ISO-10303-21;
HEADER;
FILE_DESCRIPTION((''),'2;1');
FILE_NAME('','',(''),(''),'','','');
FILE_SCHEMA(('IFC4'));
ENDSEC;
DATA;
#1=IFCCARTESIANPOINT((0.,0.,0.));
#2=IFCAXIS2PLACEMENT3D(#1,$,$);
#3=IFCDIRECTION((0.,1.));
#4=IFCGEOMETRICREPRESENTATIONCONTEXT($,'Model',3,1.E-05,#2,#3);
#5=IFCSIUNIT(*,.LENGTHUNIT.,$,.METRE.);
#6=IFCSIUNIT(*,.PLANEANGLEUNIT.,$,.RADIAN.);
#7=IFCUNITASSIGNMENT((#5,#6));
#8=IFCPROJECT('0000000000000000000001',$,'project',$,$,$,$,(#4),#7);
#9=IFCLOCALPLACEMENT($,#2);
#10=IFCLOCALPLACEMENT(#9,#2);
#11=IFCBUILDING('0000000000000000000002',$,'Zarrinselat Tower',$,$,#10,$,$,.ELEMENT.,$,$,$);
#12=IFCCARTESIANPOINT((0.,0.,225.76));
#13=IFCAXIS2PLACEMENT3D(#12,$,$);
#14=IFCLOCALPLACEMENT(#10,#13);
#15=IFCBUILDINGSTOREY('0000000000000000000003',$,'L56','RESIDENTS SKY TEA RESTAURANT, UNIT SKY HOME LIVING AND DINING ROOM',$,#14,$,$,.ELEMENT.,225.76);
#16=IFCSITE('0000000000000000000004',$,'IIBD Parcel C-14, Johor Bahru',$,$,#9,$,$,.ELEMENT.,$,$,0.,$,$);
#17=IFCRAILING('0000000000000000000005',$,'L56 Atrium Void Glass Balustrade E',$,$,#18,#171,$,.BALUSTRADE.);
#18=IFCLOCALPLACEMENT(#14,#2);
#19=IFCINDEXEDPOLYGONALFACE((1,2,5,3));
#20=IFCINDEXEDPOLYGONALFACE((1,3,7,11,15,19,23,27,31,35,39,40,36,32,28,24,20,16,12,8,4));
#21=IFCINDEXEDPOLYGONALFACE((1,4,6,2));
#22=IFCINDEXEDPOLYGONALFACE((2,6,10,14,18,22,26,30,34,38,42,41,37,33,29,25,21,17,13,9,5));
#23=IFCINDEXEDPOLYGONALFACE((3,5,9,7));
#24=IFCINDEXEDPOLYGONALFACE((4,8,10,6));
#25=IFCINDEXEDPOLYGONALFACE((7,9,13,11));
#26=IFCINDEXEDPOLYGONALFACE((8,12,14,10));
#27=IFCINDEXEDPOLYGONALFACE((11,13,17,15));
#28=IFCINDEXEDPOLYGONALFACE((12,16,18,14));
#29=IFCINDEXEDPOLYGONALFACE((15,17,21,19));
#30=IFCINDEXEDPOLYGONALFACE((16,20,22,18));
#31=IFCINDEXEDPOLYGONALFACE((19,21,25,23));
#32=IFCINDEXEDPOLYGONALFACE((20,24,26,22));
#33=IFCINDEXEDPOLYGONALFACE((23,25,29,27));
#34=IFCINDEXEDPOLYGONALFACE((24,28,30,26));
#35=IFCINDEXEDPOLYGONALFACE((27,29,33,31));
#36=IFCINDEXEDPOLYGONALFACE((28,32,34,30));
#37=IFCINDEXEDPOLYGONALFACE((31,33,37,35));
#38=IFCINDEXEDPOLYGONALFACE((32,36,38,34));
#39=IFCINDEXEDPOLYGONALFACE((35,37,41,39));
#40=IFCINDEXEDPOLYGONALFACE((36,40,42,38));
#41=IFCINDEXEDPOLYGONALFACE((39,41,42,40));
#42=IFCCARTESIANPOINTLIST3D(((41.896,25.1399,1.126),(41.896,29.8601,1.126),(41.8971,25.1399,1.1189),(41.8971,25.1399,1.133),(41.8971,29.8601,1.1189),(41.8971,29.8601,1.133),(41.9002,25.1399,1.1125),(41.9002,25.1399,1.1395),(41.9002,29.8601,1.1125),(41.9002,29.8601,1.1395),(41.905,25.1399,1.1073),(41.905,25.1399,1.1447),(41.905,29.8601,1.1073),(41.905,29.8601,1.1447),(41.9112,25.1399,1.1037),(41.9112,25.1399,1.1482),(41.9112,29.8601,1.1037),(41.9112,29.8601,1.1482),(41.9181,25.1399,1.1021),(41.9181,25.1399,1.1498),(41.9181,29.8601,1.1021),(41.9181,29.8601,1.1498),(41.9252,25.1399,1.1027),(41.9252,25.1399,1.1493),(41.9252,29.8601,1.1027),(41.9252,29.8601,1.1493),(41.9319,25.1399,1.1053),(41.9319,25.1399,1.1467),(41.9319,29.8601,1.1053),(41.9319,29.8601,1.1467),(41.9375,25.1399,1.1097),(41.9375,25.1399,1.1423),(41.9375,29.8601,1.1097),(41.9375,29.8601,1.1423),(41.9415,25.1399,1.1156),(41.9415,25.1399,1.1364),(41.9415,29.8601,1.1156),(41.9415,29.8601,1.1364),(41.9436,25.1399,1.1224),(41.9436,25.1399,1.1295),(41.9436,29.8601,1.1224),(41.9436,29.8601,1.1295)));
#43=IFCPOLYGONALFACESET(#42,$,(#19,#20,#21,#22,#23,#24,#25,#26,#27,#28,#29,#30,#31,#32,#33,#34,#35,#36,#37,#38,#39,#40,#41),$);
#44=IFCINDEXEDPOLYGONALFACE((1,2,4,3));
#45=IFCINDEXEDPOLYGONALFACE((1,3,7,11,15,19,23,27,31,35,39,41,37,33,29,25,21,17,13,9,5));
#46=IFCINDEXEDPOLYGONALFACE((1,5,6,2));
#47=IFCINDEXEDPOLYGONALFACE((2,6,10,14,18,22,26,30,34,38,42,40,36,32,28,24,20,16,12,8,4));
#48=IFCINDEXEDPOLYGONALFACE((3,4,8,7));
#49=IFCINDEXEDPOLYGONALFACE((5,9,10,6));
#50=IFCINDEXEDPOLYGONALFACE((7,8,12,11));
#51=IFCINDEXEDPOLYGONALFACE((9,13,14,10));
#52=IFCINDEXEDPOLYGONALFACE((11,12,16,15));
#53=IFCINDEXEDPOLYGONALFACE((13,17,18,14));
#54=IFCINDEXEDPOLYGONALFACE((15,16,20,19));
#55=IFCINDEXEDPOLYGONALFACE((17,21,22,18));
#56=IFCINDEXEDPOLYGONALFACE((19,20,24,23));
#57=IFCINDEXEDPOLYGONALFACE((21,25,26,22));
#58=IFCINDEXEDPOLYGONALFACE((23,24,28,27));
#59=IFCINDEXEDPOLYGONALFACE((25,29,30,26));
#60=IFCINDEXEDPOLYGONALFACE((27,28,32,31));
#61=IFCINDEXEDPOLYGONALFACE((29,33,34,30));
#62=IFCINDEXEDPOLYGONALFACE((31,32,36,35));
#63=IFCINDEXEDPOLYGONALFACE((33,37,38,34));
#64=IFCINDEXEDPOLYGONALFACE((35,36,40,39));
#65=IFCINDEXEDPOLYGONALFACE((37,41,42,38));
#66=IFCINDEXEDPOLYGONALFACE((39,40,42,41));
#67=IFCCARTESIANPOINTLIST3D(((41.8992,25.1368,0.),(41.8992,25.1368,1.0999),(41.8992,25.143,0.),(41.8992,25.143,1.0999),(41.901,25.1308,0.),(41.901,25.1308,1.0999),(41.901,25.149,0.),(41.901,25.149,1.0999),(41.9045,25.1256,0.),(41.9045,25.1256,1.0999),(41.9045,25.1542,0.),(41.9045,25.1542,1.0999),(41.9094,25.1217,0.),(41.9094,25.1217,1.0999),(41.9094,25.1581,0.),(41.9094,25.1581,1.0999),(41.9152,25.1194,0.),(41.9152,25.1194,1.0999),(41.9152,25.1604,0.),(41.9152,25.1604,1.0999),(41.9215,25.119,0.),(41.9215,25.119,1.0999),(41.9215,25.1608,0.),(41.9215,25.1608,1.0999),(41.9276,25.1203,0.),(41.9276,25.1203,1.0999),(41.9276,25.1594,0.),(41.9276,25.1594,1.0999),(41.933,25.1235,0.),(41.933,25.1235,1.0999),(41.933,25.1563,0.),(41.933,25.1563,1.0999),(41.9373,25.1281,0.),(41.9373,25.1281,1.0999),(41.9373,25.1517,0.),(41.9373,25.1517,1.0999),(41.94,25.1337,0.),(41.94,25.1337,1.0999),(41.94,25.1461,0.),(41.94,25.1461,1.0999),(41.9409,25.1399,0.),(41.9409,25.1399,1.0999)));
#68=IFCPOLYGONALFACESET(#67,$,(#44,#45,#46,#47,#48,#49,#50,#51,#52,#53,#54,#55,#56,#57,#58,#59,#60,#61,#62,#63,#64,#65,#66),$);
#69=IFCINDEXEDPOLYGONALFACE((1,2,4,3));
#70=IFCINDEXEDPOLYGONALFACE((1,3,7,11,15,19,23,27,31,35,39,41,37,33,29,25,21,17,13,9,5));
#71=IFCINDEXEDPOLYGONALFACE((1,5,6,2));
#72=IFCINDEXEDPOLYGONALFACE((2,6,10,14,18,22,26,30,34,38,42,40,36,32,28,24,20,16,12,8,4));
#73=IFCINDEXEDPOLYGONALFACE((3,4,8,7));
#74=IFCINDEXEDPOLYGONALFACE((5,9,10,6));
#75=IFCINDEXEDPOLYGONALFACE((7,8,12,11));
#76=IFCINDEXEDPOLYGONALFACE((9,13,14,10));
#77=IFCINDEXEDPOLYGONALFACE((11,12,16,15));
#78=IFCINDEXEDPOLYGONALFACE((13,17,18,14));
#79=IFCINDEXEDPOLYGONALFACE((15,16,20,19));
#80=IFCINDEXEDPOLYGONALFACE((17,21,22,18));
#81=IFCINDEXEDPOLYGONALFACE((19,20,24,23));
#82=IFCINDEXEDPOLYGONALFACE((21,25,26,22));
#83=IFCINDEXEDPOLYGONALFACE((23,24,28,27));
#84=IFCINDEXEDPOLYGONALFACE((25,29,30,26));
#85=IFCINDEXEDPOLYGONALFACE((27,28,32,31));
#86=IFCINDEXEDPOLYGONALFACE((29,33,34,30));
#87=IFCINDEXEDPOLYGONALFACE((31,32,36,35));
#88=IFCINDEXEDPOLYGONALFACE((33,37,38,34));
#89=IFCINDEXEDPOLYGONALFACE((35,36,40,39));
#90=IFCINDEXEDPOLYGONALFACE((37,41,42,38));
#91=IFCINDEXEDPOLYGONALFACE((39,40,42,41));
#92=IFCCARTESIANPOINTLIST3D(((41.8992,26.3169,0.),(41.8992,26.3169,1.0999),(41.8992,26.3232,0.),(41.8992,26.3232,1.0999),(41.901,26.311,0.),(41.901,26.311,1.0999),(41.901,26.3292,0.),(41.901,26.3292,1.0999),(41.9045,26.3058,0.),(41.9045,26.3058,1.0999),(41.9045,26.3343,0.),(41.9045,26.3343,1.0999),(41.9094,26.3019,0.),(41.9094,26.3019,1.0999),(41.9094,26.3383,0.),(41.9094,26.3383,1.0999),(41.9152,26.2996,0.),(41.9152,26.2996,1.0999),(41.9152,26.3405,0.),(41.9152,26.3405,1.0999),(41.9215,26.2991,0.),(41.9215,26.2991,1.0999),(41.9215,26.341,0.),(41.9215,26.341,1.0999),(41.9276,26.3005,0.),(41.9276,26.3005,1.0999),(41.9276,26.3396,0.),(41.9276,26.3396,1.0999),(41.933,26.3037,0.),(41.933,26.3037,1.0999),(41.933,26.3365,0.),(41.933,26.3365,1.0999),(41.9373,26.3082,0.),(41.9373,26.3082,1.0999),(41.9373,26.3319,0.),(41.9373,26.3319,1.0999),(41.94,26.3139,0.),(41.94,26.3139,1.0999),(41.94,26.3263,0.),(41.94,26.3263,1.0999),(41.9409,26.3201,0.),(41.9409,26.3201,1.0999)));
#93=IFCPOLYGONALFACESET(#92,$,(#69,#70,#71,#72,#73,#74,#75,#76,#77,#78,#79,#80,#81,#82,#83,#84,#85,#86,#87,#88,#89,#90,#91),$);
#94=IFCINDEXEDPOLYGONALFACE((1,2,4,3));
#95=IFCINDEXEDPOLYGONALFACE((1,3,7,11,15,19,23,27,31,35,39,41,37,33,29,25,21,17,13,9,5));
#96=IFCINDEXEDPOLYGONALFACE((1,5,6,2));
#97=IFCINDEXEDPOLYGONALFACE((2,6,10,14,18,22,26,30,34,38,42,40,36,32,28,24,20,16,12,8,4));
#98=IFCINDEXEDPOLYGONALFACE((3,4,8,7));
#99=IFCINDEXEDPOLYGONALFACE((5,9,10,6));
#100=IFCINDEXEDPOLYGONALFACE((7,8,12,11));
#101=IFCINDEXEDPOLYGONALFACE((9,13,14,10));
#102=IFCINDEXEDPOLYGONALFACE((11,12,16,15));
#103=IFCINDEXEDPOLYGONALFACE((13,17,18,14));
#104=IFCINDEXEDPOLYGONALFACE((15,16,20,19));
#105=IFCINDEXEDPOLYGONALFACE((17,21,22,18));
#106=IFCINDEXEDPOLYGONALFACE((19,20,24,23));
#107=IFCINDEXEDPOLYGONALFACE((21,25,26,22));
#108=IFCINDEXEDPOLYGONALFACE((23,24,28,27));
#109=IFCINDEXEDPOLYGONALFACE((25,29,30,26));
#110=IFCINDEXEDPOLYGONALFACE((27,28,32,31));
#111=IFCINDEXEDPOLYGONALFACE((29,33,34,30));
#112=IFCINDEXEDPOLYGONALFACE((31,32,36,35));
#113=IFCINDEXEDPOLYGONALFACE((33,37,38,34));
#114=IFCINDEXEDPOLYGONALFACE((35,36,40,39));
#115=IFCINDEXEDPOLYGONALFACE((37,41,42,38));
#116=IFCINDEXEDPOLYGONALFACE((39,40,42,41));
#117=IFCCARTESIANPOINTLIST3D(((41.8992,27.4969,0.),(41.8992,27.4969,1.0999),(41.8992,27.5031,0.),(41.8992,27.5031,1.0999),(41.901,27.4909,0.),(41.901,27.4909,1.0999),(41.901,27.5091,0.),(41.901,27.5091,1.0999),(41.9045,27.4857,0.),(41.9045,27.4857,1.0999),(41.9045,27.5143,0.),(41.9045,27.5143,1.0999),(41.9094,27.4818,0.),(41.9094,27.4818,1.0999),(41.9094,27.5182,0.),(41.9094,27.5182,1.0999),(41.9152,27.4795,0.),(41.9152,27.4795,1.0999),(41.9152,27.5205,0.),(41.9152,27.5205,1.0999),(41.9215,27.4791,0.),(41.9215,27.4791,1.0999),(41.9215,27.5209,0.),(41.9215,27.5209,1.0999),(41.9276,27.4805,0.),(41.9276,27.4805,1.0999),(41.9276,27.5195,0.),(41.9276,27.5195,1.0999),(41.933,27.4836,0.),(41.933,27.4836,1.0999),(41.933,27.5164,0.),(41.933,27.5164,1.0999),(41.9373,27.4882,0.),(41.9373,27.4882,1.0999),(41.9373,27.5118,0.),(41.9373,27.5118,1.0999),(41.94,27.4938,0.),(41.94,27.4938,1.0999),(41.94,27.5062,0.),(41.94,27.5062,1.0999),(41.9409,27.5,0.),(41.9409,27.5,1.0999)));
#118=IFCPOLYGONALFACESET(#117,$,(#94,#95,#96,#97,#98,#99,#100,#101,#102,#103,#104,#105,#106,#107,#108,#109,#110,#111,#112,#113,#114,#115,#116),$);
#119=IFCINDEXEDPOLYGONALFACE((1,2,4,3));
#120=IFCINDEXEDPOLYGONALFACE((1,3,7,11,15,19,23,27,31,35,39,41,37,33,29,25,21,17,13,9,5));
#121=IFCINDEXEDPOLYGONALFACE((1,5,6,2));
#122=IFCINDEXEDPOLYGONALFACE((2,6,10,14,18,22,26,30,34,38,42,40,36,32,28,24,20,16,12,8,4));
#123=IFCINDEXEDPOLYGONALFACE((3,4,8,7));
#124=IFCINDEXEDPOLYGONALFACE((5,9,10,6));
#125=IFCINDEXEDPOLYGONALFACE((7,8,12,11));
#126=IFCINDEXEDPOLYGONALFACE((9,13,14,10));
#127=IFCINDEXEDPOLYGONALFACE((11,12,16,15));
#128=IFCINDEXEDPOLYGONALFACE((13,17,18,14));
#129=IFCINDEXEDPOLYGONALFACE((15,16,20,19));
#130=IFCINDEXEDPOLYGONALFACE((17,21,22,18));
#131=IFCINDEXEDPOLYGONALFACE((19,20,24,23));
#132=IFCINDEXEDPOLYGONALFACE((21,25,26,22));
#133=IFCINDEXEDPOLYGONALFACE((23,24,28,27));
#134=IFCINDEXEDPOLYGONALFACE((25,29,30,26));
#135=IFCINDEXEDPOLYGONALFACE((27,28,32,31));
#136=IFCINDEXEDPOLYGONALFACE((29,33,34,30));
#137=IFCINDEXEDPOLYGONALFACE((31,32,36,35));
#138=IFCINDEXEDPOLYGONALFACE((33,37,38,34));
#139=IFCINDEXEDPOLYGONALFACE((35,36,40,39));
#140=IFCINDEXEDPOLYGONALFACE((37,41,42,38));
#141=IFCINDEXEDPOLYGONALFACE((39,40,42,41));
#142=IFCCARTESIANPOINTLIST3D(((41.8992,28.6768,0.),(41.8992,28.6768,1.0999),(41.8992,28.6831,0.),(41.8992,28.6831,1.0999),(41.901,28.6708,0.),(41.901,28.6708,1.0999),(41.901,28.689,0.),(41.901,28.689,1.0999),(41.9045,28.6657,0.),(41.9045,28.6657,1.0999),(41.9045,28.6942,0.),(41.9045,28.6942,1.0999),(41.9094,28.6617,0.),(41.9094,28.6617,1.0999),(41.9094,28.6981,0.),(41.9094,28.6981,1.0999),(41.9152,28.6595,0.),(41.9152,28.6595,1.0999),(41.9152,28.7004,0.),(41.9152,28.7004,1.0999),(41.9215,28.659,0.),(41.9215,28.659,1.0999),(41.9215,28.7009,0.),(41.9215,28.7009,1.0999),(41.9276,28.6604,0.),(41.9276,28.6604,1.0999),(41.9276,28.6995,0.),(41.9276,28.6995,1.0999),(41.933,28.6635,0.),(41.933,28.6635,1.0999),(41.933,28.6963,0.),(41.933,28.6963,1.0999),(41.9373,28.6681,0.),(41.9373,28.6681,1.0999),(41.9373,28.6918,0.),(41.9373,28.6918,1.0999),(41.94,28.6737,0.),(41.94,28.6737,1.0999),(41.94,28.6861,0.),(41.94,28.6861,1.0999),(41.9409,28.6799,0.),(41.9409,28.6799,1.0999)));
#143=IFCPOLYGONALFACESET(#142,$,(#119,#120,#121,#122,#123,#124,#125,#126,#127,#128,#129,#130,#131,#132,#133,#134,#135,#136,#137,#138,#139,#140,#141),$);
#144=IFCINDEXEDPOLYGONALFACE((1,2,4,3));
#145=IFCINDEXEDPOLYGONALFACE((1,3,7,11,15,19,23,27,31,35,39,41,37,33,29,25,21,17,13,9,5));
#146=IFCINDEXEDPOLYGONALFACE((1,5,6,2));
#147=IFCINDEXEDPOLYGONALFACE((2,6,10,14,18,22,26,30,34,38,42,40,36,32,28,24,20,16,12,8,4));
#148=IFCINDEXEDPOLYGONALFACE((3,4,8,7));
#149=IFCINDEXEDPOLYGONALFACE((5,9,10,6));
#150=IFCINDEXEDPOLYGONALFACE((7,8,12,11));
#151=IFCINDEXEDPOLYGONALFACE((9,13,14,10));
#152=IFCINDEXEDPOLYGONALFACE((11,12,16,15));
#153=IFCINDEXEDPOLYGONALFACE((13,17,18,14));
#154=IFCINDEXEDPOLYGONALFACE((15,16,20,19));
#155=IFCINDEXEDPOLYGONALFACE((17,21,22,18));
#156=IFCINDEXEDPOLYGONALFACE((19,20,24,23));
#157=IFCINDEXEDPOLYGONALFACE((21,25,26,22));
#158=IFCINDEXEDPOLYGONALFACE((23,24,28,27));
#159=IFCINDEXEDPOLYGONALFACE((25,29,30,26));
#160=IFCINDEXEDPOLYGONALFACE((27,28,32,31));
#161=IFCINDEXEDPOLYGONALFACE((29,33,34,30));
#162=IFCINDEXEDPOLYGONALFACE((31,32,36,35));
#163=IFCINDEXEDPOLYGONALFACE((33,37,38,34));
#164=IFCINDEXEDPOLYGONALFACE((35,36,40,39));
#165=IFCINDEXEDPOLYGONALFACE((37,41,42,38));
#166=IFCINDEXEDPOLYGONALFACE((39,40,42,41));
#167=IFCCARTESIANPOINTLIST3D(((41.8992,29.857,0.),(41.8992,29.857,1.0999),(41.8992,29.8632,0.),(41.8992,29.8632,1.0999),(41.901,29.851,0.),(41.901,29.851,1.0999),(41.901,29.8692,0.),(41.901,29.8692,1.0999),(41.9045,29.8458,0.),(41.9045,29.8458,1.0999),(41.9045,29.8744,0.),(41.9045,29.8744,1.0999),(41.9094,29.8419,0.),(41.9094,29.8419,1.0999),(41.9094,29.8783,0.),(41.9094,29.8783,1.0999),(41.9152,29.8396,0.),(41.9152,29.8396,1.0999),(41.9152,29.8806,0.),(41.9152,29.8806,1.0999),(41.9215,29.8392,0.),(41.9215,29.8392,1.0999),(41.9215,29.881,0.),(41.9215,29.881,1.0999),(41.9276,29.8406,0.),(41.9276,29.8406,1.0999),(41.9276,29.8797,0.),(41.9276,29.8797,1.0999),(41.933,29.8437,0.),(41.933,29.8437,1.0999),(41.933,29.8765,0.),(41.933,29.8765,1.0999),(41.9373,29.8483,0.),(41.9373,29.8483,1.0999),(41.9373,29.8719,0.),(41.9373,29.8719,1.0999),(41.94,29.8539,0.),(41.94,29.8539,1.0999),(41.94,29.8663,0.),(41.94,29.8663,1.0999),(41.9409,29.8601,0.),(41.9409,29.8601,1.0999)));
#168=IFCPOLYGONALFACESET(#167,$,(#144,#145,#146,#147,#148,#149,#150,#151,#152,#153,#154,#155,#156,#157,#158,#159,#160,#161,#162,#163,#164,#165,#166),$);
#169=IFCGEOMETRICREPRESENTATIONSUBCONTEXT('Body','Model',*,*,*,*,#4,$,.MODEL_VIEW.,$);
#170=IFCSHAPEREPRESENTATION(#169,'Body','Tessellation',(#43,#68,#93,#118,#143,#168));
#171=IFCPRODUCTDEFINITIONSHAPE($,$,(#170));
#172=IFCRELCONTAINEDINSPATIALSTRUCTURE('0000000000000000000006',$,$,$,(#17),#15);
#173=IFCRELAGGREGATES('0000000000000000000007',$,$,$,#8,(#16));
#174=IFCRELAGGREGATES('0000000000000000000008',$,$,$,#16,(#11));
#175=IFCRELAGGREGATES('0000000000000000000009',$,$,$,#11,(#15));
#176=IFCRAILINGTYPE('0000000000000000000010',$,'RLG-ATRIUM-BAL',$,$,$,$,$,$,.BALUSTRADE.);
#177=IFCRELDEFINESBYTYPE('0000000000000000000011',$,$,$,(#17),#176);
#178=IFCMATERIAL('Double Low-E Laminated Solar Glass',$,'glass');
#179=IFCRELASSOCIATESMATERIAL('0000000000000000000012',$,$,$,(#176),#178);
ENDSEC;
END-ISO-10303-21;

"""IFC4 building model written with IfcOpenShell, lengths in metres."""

from ifc_helpers import new_model, si_unit, direction, frame, origin, origin_2d, place, context, subcontext, project, spatial, circle, extrude, material, type_object, element, save


model = new_model("IFC4")

# Units and contexts
model_context = context("Model", 3, precision=1e-05, world=origin(), true_north=direction((0.0, 1.0)))
body_context = subcontext(model_context, "Body", "Model", "MODEL_VIEW")
ifc_project = project(units=[si_unit("LENGTHUNIT", "METRE"), si_unit("PLANEANGLEUNIT", "RADIAN")], contexts=[model_context])

# Site, building, storey
site_placement = place(None, origin())
site = spatial("IfcSite", under=ifc_project, at=site_placement, Name="IIBD Parcel C-14, Johor Bahru", CompositionType="ELEMENT", RefElevation=0.0)
building_placement = place(site_placement, origin())
building = spatial("IfcBuilding", under=site, at=building_placement, Name="Zarrinselat Tower", CompositionType="ELEMENT")
storey_placement = place(building_placement, frame((0.0, 0.0, 225.76)))
storey = spatial("IfcBuildingStorey", under=building, at=storey_placement, Name="L56", Description="RESIDENTS SKY TEA RESTAURANT, UNIT SKY HOME LIVING AND DINING ROOM", CompositionType="ELEMENT", Elevation=225.76)

# Railing
ifc_material_1 = material(Name="Double Low-E Laminated Solar Glass", Category="glass")
railing_type = type_object("IfcRailingType", Name="RLG-ATRIUM-BAL", PredefinedType="BALUSTRADE", material=ifc_material_1)
railing_1_placement = place(storey_placement, frame((41.9199, 25.1399, 0.0)))
element("IfcRailing", 1, at=railing_1_placement, inside=storey, type_object=railing_type, Name="L56 Atrium Void Glass Balustrade E", PredefinedType="BALUSTRADE", context=body_context, shape_type="SweptSolid", body=[
    extrude(circle(Radius=0.0239, at=origin_2d()), frame((0.0, 0.0, 1.126), z_axis=(0.0, 1.0, 0.0), x_axis=(-1.0, 0.0, 0.0)), (0.0, 0.0, 1.0), 4.7202),
    extrude(circle(Radius=0.021, at=origin_2d()), origin(), (0.0, 0.0, 1.0), 1.0999),
    extrude(circle(Radius=0.021, at=origin_2d()), frame((0.0, 1.1802, 0.0)), (0.0, 0.0, 1.0), 1.0999),
    extrude(circle(Radius=0.021, at=origin_2d()), frame((0.0, 2.3601, 0.0)), (0.0, 0.0, 1.0), 1.0999),
    extrude(circle(Radius=0.021, at=origin_2d()), frame((0.0, 3.54, 0.0)), (0.0, 0.0, 1.0), 1.0999),
    extrude(circle(Radius=0.021, at=origin_2d()), frame((0.0, 4.7202, 0.0)), (0.0, 0.0, 1.0), 1.0999),
])

save(model, "model.ifc")
